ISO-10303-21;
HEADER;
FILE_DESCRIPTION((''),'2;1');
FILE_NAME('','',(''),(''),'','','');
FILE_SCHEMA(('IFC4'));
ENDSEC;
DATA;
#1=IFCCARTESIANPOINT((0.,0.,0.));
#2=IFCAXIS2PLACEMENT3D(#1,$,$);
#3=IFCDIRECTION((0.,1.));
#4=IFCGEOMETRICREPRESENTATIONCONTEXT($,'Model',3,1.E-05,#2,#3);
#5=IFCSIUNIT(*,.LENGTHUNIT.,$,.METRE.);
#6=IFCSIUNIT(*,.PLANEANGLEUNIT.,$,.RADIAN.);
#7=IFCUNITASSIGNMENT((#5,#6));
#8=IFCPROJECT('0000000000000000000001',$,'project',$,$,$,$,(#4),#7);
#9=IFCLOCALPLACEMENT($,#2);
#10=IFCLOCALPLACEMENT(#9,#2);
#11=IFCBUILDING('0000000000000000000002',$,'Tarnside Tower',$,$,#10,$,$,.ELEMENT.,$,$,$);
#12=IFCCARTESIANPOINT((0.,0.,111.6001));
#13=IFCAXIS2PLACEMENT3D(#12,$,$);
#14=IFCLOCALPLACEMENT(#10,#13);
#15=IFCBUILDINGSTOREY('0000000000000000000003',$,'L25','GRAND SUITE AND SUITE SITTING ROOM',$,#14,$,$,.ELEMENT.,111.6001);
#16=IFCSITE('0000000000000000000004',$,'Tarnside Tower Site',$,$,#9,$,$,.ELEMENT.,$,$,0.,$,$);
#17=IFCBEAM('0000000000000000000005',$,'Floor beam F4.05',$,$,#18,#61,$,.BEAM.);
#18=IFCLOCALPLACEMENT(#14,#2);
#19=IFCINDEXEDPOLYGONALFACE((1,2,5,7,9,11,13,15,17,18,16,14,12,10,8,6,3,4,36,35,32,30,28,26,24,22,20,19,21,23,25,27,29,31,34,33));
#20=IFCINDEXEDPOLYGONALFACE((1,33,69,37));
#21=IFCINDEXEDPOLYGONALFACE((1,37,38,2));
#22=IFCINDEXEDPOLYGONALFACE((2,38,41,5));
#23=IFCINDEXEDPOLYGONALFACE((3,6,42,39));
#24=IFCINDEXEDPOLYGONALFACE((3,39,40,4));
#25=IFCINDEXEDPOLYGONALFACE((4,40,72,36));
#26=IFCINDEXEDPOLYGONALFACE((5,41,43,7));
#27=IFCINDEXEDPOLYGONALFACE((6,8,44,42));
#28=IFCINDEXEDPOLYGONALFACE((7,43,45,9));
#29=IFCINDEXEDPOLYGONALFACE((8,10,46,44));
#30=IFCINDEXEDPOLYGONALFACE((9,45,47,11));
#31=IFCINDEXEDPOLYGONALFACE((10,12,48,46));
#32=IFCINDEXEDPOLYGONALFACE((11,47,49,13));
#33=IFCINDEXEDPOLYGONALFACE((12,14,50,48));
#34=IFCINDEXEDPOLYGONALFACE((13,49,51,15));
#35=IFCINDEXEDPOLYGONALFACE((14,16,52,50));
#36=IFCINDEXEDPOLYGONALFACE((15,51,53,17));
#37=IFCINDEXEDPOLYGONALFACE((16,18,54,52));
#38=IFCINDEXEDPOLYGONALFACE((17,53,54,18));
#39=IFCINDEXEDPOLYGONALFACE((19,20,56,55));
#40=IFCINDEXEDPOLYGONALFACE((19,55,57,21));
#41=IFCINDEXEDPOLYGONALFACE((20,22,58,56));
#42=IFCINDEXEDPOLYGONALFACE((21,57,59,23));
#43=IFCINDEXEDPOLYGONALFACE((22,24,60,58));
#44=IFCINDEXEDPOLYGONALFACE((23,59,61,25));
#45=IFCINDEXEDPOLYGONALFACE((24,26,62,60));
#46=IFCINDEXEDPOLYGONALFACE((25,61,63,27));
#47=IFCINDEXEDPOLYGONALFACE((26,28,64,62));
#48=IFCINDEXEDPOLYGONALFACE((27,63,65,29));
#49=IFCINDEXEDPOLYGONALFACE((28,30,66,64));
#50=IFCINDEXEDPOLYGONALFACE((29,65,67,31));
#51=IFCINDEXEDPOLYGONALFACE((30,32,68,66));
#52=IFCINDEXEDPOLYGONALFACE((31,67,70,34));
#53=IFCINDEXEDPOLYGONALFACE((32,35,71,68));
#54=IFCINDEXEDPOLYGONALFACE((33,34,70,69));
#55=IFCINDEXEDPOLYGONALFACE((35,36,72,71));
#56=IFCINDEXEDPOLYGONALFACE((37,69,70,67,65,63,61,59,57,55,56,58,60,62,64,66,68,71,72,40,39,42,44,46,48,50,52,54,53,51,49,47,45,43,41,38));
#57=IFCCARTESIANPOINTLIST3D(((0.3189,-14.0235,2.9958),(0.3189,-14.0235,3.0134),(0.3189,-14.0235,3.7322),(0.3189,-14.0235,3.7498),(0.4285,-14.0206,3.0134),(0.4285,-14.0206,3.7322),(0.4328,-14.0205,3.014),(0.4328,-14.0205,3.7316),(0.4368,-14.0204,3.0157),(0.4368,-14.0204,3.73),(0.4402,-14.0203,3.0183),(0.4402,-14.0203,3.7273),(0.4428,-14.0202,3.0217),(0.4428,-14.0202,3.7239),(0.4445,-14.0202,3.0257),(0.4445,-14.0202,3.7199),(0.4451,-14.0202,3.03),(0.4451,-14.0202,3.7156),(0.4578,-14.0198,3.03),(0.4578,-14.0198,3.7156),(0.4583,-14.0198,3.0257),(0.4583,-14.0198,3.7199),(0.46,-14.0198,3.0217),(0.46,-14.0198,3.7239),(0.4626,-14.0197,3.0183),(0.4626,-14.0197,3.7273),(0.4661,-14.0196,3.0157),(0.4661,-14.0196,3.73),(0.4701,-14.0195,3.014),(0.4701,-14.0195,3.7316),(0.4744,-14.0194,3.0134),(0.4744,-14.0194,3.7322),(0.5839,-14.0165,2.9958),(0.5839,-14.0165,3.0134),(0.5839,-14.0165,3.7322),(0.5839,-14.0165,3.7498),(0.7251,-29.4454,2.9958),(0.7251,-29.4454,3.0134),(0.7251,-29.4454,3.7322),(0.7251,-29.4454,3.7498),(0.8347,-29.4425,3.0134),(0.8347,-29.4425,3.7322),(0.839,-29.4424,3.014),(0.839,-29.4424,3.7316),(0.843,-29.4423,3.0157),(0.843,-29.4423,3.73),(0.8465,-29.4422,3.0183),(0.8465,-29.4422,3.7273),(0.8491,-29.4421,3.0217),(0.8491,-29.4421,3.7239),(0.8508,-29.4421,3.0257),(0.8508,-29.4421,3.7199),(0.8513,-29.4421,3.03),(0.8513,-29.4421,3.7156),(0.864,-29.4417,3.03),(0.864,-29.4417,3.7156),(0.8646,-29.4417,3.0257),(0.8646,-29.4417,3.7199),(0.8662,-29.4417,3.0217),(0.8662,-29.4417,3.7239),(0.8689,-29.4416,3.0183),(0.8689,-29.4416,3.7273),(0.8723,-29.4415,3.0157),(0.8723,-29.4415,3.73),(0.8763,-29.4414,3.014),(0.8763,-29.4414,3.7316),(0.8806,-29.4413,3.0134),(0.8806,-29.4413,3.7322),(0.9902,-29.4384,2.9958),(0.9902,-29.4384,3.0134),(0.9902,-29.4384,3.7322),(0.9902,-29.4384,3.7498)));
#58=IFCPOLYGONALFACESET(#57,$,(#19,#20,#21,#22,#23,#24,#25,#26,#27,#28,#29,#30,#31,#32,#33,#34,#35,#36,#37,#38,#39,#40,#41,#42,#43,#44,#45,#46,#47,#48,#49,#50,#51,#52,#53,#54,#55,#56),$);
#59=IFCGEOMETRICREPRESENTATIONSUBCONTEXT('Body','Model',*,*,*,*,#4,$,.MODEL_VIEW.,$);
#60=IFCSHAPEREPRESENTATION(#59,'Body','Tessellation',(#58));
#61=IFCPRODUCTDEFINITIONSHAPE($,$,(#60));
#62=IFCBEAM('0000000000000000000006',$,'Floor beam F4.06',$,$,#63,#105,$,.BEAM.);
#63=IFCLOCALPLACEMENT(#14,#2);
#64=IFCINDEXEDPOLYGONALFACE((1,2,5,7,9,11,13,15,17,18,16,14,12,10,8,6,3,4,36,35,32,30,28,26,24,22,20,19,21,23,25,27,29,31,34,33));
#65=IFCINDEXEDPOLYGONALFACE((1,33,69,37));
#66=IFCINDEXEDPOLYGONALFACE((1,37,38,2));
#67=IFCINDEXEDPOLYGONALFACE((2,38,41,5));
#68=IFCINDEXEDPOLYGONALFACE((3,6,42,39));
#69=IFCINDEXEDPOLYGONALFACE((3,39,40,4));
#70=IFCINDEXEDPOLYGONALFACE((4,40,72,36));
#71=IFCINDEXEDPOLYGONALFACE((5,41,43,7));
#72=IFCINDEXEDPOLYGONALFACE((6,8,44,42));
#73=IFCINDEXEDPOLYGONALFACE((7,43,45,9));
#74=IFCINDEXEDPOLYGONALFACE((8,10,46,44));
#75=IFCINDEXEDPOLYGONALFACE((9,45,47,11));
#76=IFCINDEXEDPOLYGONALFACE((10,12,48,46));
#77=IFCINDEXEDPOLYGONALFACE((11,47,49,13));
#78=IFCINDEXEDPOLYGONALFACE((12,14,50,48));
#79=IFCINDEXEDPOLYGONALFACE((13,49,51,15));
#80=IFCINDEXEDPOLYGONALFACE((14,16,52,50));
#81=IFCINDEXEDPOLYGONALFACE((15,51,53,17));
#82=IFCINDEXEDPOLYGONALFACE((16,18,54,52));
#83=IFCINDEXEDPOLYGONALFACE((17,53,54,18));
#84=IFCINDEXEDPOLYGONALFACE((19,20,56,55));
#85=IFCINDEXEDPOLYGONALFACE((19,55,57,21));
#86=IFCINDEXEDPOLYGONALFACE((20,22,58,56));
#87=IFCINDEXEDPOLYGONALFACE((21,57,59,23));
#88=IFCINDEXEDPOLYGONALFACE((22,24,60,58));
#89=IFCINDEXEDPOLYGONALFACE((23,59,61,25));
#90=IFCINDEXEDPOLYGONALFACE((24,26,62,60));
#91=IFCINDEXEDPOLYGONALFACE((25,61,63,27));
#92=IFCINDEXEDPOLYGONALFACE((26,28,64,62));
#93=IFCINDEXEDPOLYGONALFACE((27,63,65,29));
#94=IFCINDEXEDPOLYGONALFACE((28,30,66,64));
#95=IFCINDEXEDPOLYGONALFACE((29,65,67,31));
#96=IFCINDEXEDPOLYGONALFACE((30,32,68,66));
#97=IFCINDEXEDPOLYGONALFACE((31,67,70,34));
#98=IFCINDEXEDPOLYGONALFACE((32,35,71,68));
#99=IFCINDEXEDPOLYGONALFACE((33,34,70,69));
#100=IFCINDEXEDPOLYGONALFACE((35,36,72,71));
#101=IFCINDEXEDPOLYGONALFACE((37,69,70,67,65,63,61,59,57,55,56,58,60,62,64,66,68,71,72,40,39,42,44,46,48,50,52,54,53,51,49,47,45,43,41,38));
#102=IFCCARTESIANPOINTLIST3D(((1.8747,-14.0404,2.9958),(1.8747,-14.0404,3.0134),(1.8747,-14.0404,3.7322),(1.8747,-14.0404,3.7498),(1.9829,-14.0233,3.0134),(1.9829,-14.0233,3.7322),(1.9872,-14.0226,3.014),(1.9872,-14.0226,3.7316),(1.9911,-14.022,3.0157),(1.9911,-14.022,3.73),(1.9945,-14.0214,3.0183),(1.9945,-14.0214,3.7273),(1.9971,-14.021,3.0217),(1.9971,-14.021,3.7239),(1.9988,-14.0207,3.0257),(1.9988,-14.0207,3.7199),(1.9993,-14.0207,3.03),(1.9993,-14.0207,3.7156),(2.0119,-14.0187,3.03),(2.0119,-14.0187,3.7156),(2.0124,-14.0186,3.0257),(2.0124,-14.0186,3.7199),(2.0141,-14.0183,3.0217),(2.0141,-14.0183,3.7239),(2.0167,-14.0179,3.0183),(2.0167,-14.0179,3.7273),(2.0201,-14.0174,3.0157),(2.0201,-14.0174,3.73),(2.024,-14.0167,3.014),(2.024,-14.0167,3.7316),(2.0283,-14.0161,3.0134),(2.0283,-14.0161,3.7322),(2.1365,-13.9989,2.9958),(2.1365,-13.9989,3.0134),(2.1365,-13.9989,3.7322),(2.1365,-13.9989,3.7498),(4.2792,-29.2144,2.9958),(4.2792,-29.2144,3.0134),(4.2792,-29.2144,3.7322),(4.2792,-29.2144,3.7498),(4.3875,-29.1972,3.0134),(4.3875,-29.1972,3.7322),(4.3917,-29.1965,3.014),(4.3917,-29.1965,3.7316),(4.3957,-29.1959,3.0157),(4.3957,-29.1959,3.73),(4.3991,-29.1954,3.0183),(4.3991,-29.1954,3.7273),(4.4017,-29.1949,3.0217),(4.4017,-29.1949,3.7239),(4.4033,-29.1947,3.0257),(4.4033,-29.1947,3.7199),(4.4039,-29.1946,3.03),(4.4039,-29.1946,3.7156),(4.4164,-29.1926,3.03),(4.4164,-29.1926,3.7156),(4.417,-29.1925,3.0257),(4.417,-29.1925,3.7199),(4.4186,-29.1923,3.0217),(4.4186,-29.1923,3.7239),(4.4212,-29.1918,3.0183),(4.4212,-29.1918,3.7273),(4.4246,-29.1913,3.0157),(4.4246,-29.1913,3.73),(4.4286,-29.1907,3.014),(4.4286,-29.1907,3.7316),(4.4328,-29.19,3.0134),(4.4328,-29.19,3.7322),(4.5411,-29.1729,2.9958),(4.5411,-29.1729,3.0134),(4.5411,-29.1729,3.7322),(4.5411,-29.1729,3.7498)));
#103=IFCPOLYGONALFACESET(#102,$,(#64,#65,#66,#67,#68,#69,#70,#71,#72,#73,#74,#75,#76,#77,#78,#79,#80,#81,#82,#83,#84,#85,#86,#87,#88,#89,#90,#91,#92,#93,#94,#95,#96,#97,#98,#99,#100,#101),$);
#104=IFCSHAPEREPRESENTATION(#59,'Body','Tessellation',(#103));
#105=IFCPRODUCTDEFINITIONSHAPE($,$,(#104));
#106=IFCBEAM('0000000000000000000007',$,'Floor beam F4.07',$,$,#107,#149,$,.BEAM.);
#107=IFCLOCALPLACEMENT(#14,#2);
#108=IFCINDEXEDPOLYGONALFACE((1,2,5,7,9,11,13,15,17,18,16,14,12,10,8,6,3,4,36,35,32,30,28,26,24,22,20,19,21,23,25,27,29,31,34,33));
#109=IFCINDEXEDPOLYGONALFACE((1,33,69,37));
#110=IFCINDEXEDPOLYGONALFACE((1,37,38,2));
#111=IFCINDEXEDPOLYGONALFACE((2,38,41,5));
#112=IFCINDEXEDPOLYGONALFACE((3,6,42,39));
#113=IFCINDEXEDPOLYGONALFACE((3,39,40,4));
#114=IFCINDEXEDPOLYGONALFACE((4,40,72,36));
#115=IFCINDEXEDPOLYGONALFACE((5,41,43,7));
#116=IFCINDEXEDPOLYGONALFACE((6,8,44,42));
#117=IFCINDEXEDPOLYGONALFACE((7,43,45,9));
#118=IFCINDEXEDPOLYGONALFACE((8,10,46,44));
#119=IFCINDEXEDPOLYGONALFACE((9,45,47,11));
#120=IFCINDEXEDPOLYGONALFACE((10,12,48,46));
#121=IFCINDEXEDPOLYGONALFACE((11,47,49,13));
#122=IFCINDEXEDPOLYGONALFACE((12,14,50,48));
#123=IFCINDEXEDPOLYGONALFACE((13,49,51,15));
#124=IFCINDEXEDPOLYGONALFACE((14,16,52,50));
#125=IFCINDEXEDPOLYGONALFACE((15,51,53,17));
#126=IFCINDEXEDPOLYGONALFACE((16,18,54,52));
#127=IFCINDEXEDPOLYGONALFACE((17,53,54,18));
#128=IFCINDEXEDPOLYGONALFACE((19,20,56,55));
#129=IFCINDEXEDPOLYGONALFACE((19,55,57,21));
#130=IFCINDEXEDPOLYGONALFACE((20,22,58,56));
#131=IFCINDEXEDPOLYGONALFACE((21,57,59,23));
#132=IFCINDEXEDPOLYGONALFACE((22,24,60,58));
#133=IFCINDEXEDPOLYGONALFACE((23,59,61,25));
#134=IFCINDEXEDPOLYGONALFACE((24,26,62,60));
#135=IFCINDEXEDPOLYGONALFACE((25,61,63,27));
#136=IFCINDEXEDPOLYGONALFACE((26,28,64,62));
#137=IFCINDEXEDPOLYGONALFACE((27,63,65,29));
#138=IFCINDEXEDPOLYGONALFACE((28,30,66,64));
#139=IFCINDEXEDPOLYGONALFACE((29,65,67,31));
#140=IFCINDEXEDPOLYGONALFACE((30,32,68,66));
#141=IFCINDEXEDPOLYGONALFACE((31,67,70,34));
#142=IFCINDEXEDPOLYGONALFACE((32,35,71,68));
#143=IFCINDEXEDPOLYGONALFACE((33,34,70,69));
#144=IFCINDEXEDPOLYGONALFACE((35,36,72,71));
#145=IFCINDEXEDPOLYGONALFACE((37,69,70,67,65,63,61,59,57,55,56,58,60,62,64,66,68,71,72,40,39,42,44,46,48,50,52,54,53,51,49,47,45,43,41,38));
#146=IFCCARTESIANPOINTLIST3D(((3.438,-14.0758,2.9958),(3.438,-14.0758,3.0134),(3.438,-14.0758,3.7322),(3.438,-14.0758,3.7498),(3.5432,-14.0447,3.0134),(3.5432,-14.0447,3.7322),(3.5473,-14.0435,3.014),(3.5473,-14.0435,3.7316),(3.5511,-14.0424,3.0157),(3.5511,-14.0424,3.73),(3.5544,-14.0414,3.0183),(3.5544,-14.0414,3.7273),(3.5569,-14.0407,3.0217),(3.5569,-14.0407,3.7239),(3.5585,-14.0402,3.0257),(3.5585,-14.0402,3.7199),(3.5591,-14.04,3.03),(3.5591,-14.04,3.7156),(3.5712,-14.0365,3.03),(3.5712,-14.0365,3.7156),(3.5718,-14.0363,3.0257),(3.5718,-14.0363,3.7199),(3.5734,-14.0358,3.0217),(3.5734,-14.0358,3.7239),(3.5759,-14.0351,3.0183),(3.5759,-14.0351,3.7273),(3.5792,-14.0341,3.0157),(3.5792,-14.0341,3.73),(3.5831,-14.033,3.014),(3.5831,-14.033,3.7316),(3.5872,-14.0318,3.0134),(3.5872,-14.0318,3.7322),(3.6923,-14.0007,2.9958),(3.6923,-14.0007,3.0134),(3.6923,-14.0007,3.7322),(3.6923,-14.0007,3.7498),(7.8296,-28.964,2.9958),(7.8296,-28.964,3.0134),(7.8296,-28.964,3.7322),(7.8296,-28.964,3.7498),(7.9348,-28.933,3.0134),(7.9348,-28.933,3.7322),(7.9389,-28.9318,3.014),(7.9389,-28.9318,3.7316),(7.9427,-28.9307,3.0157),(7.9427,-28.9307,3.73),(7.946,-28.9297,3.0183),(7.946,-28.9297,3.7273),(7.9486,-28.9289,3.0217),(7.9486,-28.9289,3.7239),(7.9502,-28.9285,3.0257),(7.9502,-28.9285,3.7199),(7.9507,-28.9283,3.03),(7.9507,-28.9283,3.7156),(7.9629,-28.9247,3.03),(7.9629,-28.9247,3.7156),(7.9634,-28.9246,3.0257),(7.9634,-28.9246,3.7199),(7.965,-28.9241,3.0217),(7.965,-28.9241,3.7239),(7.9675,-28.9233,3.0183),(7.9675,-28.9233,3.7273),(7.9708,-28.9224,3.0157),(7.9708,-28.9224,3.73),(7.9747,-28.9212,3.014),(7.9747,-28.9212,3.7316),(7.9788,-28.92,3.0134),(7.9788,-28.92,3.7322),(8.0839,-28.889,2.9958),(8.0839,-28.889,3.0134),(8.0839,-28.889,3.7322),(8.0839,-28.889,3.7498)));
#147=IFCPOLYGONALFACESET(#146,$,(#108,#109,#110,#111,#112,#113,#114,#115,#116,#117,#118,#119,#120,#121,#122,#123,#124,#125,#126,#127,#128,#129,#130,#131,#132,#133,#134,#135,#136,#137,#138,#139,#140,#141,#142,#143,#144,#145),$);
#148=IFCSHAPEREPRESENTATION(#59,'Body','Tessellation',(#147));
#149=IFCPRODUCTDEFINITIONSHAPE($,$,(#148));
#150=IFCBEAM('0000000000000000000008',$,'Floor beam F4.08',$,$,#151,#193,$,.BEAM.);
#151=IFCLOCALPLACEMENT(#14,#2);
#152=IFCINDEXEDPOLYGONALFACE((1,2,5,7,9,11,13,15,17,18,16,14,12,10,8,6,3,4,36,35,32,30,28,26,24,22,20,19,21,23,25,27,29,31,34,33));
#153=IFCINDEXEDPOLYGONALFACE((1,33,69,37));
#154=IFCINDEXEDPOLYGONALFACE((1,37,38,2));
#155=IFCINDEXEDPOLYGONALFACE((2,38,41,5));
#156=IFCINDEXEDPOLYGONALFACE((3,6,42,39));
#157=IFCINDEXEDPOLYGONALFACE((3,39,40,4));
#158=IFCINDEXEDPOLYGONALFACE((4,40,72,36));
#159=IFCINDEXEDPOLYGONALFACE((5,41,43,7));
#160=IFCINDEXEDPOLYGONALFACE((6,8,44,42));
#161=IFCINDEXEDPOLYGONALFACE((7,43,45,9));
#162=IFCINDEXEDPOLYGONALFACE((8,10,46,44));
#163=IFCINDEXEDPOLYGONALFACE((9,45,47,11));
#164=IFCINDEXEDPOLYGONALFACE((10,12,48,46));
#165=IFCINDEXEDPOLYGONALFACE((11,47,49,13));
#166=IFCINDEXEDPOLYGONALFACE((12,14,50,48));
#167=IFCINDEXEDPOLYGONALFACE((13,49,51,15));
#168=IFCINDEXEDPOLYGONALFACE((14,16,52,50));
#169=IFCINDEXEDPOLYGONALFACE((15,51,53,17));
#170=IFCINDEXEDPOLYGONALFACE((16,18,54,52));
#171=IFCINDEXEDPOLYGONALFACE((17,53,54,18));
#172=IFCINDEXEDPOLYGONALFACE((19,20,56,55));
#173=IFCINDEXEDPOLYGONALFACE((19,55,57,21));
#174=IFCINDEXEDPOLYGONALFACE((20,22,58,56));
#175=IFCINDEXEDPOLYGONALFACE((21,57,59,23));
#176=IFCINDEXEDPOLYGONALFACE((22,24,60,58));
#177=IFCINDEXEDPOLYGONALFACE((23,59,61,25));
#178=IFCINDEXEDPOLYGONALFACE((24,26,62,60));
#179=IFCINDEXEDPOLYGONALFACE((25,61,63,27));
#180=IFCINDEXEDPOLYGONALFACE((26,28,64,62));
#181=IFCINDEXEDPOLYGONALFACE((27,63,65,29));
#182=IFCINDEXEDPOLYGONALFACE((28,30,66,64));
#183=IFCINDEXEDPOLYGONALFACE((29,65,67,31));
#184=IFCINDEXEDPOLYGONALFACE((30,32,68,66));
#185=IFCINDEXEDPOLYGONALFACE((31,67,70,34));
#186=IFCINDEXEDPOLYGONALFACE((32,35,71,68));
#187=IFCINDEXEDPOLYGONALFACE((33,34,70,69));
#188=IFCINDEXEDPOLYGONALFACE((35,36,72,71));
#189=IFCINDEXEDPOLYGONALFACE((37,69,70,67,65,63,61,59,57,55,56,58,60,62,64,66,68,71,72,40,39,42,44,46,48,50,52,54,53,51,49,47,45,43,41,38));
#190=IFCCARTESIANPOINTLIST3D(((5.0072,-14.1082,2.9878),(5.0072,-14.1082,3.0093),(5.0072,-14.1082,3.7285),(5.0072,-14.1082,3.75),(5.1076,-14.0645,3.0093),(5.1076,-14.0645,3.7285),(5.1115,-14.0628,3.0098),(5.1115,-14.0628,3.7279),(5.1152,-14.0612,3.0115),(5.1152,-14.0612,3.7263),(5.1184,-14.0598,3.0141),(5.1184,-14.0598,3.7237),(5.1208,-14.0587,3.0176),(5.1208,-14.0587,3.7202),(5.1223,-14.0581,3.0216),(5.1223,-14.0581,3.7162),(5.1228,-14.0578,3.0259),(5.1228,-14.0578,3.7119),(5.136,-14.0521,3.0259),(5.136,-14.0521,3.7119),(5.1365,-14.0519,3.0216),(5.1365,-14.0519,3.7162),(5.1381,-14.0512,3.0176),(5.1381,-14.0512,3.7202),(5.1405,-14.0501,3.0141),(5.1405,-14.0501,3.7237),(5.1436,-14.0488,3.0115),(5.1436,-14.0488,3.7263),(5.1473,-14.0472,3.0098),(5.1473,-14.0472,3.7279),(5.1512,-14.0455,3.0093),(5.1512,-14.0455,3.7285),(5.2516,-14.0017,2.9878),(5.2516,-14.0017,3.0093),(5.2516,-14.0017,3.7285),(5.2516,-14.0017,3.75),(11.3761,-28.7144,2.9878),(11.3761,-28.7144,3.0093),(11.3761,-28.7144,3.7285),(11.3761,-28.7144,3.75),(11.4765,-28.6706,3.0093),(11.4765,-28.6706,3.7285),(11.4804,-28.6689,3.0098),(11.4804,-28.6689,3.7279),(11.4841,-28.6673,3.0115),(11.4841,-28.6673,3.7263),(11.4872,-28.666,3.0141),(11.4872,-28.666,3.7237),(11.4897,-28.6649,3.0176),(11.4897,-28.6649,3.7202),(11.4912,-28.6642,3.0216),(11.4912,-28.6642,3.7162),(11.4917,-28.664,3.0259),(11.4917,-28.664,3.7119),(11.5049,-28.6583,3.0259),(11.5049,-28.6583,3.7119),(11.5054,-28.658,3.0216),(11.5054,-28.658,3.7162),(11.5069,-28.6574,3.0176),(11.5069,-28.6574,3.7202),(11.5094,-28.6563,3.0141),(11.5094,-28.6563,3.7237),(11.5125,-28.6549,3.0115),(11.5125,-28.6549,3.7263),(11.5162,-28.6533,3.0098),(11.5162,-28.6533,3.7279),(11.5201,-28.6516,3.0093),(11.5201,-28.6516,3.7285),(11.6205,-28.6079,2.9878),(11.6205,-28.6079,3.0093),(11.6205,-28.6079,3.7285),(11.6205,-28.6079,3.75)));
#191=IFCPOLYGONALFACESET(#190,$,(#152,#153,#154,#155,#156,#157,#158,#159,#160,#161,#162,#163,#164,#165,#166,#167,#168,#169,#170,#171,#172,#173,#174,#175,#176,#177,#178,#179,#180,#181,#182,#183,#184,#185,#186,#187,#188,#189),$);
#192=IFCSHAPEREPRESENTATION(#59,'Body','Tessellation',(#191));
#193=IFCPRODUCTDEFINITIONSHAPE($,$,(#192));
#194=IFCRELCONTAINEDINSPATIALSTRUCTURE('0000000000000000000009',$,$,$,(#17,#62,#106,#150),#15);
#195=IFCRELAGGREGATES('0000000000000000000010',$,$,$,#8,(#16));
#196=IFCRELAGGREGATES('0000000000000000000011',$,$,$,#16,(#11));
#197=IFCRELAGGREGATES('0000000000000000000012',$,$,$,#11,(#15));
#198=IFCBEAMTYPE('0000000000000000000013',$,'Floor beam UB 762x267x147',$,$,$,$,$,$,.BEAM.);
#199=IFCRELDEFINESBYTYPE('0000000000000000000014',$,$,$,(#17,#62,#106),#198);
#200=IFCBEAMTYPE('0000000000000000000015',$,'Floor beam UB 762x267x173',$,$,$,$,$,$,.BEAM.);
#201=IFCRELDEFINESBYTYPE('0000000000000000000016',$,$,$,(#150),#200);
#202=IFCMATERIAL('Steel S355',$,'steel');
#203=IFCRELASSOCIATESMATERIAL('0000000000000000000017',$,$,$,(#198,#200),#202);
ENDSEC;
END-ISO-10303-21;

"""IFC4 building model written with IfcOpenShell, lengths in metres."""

from ifc_helpers import new_model, si_unit, direction, frame, origin, origin_2d, place, context, subcontext, project, spatial, i_section, extrude, material, material_profile, profile_set, type_object, element, save


model = new_model("IFC4")

# Units and contexts
model_context = context("Model", 3, precision=1e-05, world=origin(), true_north=direction((0.0, 1.0)))
body_context = subcontext(model_context, "Body", "Model", "MODEL_VIEW")
ifc_project = project(units=[si_unit("LENGTHUNIT", "METRE"), si_unit("PLANEANGLEUNIT", "RADIAN")], contexts=[model_context])

# Site, building, storey
site_placement = place(None, origin())
site = spatial("IfcSite", under=ifc_project, at=site_placement, Name="Tarnside Tower Site", CompositionType="ELEMENT", RefElevation=0.0)
building_placement = place(site_placement, origin())
building = spatial("IfcBuilding", under=site, at=building_placement, Name="Tarnside Tower", CompositionType="ELEMENT")
storey_placement = place(building_placement, frame((0.0, 0.0, 111.6001)))
storey = spatial("IfcBuildingStorey", under=building, at=storey_placement, Name="L25", Description="GRAND SUITE AND SUITE SITTING ROOM", CompositionType="ELEMENT", Elevation=111.6001)

# Beams
ifc_material_1 = material(Name="Steel S355", Category="steel")
ifc_material_profile_1 = material_profile(ifc_material_1, i_section(OverallWidth=0.2651, OverallDepth=0.7539, WebThickness=0.0127, FlangeThickness=0.0176, FilletRadius=0.0166, at=origin_2d()), Name="UB 762x267x147")
ifc_profile_set_1 = profile_set([ifc_material_profile_1], Name="Steel S355")
beam_type_1 = type_object("IfcBeamType", Name="Floor beam UB 762x267x147", PredefinedType="BEAM", material=ifc_profile_set_1)
beam_1_placement = place(storey_placement, frame((0.8577, -29.4419, 3.3728), z_axis=(-0.026333, 0.999653, 0.0), x_axis=(-0.999653, -0.026333, 0.0)))
element("IfcBeam", 1, at=beam_1_placement, inside=storey, type_object=beam_type_1, Name="Floor beam F4.05", PredefinedType="BEAM", context=body_context, shape_type="SweptSolid", body=[
    extrude(i_section(OverallWidth=0.2651, OverallDepth=0.7539, WebThickness=0.0127, FlangeThickness=0.0176, FilletRadius=0.0166, at=origin_2d()), origin(), (0.0, 0.0, 1.0), 15.4272),
])
beam_2_placement = place(storey_placement, frame((4.4102, -29.1936, 3.3728), z_axis=(-0.156513, 0.987676, 0.0), x_axis=(-0.987676, -0.156513, 0.0)))
element("IfcBeam", 2, at=beam_2_placement, inside=storey, type_object=beam_type_1, Name="Floor beam F4.06", PredefinedType="BEAM", context=body_context, shape_type="SweptSolid", body=[
    extrude(i_section(OverallWidth=0.2651, OverallDepth=0.7539, WebThickness=0.0127, FlangeThickness=0.0176, FilletRadius=0.0166, at=origin_2d()), origin(), (0.0, 0.0, 1.0), 15.3633),
])
beam_3_placement = place(storey_placement, frame((7.9568, -28.9265, 3.3728), z_axis=(-0.282921, 0.959143, 0.0), x_axis=(-0.959143, -0.282921, 0.0)))
element("IfcBeam", 3, at=beam_3_placement, inside=storey, type_object=beam_type_1, Name="Floor beam F4.07", PredefinedType="BEAM", context=body_context, shape_type="SweptSolid", body=[
    extrude(i_section(OverallWidth=0.2651, OverallDepth=0.7539, WebThickness=0.0127, FlangeThickness=0.0176, FilletRadius=0.0166, at=origin_2d()), origin(), (0.0, 0.0, 1.0), 15.5225),
])
ifc_material_profile_2 = material_profile(ifc_material_1, i_section(OverallWidth=0.2666, OverallDepth=0.7622, WebThickness=0.0144, FlangeThickness=0.0215, FilletRadius=0.0166, at=origin_2d()), Name="UB 762x267x173")
ifc_profile_set_2 = profile_set([ifc_material_profile_2], Name="Steel S355")
beam_type_2 = type_object("IfcBeamType", Name="Floor beam UB 762x267x173", PredefinedType="BEAM", material=ifc_profile_set_2)
beam_4_placement = place(storey_placement, frame((11.4983, -28.6611, 3.3689), z_axis=(-0.399696, 0.916648, 0.0), x_axis=(-0.916648, -0.399696, 0.0)))
element("IfcBeam", 4, at=beam_4_placement, inside=storey, type_object=beam_type_2, Name="Floor beam F4.08", PredefinedType="BEAM", context=body_context, shape_type="SweptSolid", body=[
    extrude(i_section(OverallWidth=0.2666, OverallDepth=0.7622, WebThickness=0.0144, FlangeThickness=0.0215, FilletRadius=0.0166, at=origin_2d()), origin(), (0.0, 0.0, 1.0), 15.9343),
])

save(model, "model.ifc")
